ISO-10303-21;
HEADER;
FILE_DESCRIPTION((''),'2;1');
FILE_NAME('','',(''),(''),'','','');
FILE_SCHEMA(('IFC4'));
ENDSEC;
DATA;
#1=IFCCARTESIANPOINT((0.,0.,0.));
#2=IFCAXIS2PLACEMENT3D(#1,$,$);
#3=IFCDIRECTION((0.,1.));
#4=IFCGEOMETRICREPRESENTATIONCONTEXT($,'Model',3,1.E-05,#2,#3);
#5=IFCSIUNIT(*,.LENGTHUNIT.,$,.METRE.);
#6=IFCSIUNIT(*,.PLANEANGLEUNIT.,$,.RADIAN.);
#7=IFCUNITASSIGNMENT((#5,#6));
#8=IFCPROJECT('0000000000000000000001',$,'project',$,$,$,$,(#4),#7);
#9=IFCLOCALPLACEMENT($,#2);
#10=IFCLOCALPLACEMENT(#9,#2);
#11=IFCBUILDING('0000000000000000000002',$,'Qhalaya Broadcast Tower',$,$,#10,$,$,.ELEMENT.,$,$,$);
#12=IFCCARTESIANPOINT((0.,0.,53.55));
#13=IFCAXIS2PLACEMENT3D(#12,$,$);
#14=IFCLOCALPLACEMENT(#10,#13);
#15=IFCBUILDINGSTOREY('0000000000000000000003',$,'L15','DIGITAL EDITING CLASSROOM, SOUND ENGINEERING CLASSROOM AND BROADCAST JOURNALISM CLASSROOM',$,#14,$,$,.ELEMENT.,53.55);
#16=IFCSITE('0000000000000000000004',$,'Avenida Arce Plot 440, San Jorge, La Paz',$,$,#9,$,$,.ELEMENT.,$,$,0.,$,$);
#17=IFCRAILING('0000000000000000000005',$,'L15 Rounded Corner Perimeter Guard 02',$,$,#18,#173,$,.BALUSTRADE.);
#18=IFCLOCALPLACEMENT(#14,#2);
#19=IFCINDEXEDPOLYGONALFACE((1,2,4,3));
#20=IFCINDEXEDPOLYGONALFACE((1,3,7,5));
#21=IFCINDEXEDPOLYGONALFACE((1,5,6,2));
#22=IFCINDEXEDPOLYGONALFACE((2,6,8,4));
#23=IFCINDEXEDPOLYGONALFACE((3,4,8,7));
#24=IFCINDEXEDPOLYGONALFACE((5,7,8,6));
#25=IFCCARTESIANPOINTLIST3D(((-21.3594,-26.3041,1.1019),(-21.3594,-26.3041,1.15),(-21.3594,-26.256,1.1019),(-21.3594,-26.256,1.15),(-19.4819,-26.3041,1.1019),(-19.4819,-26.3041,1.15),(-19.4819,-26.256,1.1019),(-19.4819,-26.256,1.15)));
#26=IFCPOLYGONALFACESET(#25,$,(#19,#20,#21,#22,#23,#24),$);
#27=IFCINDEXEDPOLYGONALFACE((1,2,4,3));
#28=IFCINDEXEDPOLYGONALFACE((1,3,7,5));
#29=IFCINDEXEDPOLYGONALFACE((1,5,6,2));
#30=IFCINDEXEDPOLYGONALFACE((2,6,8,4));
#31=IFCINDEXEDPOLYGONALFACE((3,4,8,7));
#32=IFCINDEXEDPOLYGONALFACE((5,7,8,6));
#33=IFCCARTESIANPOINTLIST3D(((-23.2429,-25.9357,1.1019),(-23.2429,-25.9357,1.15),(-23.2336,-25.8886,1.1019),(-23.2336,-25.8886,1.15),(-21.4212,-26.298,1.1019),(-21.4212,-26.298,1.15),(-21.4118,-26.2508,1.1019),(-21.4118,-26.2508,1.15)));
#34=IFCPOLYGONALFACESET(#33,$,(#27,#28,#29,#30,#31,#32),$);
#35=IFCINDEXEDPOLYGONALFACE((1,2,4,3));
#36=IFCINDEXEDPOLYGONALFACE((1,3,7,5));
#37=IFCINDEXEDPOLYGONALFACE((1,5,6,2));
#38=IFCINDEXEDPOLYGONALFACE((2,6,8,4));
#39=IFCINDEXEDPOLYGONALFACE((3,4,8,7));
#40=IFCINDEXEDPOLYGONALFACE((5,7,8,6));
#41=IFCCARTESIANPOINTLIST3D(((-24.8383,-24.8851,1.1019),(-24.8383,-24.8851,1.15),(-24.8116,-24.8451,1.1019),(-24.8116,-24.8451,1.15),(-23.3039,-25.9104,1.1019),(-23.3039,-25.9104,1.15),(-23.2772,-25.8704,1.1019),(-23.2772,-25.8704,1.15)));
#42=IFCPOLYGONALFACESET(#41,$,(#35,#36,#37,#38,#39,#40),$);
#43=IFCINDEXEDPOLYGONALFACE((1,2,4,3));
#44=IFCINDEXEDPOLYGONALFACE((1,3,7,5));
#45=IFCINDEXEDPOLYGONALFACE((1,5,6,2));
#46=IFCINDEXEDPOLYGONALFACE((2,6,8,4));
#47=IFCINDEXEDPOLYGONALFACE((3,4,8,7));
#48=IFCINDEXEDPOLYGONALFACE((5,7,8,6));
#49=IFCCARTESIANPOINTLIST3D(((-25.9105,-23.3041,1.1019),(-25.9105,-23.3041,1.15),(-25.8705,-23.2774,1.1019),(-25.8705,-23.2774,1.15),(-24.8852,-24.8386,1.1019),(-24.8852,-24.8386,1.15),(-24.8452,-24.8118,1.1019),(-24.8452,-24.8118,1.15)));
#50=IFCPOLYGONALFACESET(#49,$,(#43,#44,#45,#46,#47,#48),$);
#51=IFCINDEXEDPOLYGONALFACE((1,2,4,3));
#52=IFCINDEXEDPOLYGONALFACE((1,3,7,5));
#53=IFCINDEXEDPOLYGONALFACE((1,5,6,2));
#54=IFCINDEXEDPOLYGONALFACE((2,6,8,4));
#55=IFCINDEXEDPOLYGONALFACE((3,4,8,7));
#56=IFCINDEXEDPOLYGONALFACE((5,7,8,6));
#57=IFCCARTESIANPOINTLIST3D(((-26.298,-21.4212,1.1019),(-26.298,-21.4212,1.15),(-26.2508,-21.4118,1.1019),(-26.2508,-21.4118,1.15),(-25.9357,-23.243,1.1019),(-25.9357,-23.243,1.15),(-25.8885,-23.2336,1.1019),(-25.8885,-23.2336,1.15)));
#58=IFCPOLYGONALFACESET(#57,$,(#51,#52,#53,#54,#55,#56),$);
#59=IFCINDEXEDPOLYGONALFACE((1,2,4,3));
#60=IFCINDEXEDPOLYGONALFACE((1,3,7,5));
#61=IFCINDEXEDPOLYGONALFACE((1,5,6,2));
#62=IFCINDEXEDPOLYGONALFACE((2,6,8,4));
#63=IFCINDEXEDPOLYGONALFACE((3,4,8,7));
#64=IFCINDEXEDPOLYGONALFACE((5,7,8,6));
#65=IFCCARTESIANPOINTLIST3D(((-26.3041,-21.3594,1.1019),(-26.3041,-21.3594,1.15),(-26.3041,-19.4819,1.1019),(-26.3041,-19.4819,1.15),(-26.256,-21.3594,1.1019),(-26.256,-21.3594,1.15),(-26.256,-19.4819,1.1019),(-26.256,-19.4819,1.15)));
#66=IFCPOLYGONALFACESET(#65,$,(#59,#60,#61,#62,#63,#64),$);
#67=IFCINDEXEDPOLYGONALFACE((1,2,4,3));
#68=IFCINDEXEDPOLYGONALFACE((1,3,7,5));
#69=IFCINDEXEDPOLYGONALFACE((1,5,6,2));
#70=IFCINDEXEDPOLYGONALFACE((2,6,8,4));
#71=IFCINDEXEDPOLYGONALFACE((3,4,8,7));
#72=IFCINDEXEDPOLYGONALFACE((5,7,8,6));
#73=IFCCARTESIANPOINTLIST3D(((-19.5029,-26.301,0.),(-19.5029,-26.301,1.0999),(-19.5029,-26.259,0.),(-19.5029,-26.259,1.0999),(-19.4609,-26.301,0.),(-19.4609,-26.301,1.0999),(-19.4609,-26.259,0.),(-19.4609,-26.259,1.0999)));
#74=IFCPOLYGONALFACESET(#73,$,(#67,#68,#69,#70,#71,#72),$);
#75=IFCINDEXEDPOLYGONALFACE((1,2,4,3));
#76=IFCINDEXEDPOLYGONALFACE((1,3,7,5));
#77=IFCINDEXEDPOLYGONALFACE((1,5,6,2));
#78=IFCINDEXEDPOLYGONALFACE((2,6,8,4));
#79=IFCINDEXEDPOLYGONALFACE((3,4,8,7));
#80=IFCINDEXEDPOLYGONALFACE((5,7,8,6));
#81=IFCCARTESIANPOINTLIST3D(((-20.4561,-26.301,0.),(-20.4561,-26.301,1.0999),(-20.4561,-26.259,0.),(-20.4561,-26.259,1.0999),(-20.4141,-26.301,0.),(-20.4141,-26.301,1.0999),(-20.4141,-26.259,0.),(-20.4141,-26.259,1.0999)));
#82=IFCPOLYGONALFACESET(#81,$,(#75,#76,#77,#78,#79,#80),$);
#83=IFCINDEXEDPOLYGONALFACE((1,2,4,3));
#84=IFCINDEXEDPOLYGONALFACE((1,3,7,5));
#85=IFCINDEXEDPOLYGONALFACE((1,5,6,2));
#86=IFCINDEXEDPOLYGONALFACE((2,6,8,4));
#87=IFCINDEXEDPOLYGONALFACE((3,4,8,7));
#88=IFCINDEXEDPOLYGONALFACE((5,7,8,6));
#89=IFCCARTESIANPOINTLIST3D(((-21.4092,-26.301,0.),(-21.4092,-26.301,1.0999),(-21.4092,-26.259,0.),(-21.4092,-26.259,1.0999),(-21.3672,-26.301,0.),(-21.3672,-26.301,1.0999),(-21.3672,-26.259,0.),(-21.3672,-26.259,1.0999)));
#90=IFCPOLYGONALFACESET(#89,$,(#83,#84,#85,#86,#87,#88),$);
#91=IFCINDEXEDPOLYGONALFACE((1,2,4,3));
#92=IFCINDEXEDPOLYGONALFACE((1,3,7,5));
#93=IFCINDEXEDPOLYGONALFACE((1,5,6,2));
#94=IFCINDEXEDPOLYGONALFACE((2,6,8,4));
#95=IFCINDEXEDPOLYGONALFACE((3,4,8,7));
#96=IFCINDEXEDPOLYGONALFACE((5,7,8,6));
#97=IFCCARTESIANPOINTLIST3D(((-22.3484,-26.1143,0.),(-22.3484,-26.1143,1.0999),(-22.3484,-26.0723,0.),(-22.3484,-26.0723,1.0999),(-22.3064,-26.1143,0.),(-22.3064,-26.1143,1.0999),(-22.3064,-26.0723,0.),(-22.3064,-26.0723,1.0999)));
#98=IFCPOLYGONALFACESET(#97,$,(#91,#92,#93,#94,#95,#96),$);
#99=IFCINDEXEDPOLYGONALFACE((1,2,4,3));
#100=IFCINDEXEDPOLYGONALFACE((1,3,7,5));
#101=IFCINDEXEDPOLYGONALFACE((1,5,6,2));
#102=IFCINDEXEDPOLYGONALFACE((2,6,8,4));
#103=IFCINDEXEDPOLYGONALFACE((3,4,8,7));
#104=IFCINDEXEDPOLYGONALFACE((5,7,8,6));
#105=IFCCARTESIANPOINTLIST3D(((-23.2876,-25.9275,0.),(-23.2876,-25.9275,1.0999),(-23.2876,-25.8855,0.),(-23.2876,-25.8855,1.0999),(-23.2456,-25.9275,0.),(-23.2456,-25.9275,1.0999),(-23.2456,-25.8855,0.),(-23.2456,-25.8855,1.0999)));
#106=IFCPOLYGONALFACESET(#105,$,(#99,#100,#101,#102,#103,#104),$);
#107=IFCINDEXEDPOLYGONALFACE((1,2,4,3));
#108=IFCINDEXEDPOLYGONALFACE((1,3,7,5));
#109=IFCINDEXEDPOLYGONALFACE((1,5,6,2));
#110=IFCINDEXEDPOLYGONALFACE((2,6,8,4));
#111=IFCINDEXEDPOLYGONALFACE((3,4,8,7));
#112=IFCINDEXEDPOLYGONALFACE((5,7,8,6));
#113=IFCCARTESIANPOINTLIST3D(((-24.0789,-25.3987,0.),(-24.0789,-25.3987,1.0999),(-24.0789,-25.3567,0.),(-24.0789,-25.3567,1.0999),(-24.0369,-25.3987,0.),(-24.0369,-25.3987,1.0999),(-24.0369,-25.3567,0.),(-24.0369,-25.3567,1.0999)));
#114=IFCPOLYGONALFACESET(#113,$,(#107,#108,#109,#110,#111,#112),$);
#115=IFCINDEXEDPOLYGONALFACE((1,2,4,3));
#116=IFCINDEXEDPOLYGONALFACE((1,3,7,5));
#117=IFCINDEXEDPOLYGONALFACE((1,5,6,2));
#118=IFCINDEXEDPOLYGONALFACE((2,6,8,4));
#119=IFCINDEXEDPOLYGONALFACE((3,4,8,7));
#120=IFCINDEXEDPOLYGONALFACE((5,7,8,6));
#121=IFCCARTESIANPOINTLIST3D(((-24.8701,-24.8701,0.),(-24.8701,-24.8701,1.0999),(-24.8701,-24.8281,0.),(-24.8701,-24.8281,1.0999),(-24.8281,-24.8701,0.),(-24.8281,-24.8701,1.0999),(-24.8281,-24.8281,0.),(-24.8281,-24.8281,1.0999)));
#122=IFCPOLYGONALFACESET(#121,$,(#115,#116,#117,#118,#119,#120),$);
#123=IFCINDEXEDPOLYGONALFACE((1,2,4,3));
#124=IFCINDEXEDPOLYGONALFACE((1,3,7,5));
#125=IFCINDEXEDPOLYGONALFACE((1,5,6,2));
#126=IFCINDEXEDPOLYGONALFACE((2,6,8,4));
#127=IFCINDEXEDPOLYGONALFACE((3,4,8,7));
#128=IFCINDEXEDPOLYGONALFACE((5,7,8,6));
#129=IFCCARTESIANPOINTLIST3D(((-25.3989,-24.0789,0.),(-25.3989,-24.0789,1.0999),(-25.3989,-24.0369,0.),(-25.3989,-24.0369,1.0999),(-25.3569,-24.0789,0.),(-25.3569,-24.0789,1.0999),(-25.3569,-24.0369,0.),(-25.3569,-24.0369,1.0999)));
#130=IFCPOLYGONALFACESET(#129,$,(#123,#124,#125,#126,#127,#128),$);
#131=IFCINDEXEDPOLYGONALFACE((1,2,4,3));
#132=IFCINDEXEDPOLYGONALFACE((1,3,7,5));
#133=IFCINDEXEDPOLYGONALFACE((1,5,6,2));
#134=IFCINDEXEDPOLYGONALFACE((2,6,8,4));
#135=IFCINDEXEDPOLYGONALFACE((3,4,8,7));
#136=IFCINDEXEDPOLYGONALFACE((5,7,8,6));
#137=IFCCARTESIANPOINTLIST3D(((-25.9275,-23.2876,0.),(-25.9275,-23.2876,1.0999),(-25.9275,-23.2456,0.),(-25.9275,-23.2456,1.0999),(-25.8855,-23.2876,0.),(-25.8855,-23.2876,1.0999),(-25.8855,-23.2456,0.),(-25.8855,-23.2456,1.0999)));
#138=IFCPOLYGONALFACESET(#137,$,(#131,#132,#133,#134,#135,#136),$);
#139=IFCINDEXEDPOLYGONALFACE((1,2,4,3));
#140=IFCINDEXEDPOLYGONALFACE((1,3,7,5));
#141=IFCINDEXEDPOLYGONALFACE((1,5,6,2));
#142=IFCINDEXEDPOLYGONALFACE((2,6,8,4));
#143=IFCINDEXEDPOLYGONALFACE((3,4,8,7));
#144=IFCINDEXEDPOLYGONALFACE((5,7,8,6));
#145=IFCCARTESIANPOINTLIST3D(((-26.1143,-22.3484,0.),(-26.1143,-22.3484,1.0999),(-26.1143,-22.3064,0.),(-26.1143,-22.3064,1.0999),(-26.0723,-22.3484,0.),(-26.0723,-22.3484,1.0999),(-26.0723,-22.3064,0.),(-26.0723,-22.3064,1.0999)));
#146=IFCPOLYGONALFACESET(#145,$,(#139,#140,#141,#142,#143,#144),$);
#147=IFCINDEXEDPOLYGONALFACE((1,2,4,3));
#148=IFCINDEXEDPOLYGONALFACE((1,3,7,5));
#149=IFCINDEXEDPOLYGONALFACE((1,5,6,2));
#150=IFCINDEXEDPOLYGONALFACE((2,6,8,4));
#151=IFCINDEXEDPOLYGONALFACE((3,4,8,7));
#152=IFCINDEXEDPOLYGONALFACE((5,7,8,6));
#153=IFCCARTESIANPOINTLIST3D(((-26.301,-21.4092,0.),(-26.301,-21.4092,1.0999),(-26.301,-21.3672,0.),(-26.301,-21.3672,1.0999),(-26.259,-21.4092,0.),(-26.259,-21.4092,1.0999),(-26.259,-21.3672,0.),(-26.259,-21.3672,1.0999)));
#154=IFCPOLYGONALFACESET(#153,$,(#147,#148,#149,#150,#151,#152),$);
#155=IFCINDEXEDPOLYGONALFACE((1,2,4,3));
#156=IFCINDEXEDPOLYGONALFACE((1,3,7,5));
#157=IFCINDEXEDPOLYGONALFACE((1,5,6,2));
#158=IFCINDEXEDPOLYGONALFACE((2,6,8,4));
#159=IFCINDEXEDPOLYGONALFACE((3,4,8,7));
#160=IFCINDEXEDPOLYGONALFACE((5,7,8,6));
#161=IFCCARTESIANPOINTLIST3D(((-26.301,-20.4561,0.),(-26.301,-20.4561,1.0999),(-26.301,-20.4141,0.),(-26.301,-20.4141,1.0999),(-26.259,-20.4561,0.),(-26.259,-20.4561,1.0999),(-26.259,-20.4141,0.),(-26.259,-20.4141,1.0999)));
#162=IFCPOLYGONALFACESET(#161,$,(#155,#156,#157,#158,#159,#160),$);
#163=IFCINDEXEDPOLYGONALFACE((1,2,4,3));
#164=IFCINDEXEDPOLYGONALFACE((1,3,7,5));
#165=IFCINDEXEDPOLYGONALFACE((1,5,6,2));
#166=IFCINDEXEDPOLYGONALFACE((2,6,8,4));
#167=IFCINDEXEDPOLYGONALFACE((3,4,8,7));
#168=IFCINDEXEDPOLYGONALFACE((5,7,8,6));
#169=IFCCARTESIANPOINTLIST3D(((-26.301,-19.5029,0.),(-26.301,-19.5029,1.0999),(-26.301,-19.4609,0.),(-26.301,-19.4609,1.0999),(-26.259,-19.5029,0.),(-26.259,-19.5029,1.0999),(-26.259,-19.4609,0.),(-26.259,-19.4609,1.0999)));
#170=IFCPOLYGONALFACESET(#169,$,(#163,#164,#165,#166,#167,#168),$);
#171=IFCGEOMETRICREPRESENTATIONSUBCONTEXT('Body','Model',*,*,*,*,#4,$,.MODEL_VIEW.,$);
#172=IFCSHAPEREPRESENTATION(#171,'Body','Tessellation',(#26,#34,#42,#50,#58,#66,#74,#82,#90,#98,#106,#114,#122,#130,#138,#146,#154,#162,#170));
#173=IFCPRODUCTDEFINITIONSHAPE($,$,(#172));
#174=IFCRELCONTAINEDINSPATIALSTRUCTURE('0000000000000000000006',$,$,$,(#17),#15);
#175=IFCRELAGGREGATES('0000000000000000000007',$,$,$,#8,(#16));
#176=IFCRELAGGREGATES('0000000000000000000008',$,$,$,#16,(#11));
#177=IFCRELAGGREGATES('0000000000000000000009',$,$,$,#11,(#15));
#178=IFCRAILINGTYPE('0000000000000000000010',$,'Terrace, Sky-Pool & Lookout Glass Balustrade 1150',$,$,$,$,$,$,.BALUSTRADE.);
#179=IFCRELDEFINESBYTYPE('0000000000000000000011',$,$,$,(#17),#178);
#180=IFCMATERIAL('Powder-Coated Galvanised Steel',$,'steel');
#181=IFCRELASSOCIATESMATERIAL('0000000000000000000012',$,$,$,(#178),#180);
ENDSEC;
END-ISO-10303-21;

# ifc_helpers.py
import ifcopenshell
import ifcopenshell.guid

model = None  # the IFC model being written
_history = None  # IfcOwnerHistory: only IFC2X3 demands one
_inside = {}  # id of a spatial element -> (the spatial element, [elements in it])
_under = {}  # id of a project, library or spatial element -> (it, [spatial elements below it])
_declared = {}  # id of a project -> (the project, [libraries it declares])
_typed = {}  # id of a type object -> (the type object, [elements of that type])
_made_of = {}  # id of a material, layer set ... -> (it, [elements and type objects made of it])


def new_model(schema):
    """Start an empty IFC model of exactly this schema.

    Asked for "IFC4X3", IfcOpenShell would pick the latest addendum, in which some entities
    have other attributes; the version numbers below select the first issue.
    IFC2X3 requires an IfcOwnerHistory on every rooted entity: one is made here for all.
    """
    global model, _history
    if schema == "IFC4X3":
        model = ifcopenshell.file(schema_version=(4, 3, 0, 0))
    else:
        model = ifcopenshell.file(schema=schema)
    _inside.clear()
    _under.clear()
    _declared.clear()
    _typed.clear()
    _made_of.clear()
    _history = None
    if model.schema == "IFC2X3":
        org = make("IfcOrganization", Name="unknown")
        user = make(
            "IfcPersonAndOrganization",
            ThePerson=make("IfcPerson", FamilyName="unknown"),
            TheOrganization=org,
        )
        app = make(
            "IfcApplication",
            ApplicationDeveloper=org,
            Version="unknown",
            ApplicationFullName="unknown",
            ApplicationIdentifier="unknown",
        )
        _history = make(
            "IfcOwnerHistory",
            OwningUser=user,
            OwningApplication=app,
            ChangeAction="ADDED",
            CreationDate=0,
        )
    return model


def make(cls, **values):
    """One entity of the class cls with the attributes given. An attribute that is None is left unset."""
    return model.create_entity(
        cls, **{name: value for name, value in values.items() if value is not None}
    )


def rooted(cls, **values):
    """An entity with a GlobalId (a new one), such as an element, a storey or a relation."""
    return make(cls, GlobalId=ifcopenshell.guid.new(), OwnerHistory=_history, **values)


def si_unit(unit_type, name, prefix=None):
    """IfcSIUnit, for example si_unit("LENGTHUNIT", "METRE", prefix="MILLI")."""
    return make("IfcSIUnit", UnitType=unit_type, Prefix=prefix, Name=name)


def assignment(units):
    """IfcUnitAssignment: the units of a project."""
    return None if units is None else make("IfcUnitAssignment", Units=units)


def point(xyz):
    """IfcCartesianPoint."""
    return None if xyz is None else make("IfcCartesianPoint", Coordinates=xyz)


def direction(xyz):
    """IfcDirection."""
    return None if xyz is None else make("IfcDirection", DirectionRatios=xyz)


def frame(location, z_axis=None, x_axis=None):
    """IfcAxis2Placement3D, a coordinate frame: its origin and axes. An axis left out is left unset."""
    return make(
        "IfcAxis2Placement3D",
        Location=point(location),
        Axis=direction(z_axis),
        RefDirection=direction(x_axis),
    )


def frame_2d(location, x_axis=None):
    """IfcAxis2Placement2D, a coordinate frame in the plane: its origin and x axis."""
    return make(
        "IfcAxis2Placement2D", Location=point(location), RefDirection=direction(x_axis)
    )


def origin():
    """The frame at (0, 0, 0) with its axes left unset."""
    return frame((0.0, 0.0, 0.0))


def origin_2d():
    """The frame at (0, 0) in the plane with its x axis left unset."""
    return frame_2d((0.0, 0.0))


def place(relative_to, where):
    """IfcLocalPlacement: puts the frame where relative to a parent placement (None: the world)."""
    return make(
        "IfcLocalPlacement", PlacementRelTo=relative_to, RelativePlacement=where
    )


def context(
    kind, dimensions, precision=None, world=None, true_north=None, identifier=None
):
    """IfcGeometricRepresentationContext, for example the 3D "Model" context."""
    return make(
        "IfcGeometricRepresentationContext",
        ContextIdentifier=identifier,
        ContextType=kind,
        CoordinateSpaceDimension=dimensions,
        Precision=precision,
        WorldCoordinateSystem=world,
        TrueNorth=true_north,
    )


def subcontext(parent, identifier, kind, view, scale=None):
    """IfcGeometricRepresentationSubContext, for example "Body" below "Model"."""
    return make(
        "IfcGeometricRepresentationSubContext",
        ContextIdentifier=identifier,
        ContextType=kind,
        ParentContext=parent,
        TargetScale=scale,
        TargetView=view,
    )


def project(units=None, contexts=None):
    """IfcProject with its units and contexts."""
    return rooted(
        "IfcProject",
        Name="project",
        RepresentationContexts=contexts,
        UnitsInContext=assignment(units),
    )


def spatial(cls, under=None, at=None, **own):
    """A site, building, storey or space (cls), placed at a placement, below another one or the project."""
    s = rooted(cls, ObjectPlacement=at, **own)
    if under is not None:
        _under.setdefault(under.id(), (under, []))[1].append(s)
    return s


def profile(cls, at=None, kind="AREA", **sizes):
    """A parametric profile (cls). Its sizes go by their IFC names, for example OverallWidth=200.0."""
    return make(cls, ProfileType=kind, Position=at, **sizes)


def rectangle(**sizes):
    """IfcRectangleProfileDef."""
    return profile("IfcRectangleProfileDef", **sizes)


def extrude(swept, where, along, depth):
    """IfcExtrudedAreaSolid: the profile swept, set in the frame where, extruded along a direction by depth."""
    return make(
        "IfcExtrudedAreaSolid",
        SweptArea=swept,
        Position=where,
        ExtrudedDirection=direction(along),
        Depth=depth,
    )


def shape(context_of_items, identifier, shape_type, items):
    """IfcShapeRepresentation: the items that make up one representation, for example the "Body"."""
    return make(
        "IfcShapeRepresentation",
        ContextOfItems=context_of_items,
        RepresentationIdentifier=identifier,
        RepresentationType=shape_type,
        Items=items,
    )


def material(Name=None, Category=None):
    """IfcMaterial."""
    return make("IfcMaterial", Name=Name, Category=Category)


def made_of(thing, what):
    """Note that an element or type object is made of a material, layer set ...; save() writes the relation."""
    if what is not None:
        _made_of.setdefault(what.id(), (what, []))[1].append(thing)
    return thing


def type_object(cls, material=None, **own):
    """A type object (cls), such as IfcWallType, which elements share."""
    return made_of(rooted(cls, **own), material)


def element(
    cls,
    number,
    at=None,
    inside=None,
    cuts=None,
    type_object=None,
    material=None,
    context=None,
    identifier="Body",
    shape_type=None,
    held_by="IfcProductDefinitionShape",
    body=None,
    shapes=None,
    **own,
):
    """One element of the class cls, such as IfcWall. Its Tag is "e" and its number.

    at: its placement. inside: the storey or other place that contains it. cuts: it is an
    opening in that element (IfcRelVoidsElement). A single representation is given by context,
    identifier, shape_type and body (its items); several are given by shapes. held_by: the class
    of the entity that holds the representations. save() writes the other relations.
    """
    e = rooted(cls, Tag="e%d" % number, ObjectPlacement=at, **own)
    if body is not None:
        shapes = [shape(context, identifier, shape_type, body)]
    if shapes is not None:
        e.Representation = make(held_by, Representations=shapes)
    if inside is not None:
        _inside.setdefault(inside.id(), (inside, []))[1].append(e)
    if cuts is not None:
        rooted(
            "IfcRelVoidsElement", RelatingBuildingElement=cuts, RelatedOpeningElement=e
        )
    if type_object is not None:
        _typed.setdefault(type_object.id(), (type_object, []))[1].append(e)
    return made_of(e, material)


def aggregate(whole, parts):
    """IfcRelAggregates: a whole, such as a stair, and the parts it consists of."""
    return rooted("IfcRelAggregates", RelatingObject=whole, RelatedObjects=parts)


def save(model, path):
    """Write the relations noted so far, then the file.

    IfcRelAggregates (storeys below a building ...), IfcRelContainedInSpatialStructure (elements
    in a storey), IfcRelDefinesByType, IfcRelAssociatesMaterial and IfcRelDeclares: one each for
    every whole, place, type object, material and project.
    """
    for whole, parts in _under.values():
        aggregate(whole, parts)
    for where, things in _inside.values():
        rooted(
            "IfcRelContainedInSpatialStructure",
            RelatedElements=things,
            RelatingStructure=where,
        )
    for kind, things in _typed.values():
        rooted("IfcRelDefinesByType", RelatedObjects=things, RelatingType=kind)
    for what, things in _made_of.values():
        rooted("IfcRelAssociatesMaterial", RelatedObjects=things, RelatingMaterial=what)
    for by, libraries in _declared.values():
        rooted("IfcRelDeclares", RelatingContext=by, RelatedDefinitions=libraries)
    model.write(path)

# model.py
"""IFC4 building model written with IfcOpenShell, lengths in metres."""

from ifc_helpers import new_model, si_unit, direction, frame, origin, origin_2d, place, context, subcontext, project, spatial, rectangle, extrude, material, type_object, element, save


model = new_model("IFC4")

# Units and contexts
model_context = context("Model", 3, precision=1e-05, world=origin(), true_north=direction((0.0, 1.0)))
body_context = subcontext(model_context, "Body", "Model", "MODEL_VIEW")
ifc_project = project(units=[si_unit("LENGTHUNIT", "METRE"), si_unit("PLANEANGLEUNIT", "RADIAN")], contexts=[model_context])

# Site, building, storey
site_placement = place(None, origin())
site = spatial("IfcSite", under=ifc_project, at=site_placement, Name="Avenida Arce Plot 440, San Jorge, La Paz", CompositionType="ELEMENT", RefElevation=0.0)
building_placement = place(site_placement, origin())
building = spatial("IfcBuilding", under=site, at=building_placement, Name="Qhalaya Broadcast Tower", CompositionType="ELEMENT")
storey_placement = place(building_placement, frame((0.0, 0.0, 53.55)))
storey = spatial("IfcBuildingStorey", under=building, at=storey_placement, Name="L15", Description="DIGITAL EDITING CLASSROOM, SOUND ENGINEERING CLASSROOM AND BROADCAST JOURNALISM CLASSROOM", CompositionType="ELEMENT", Elevation=53.55)

# Railing
ifc_material_1 = material(Name="Powder-Coated Galvanised Steel", Category="steel")
railing_type = type_object("IfcRailingType", Name="Terrace, Sky-Pool & Lookout Glass Balustrade 1150", PredefinedType="BALUSTRADE", material=ifc_material_1)
railing_placement = place(storey_placement, frame((-19.4819, -26.28, 0.0)))
element("IfcRailing", 1, at=railing_placement, inside=storey, type_object=railing_type, Name="L15 Rounded Corner Perimeter Guard 02", PredefinedType="BALUSTRADE", context=body_context, shape_type="SweptSolid", body=[
    extrude(rectangle(XDim=0.0481, YDim=0.0481, at=origin_2d()), frame((0.0, 0.0, 1.126), z_axis=(-1.0, 0.0, 0.0), x_axis=(0.0, -1.0, 0.0)), (0.0, 0.0, 1.0), 1.8774),
    extrude(rectangle(XDim=0.0481, YDim=0.0481, at=origin_2d()), frame((-1.9346, 0.0056, 1.126), z_axis=(-0.980796, 0.195037, 0.0), x_axis=(-0.195037, -0.980796, 0.0)), (0.0, 0.0, 1.0), 1.8574),
    extrude(rectangle(XDim=0.0481, YDim=0.0481, at=origin_2d()), frame((-3.8086, 0.3896, 1.126), z_axis=(-0.831478, 0.555558, 0.0), x_axis=(-0.555558, -0.831478, 0.0)), (0.0, 0.0, 1.0), 1.8455),
    extrude(rectangle(XDim=0.0481, YDim=0.0481, at=origin_2d()), frame((-5.3833, 1.4548, 1.126), z_axis=(-0.555558, 0.831478, 0.0), x_axis=(-0.831478, -0.555558, 0.0)), (0.0, 0.0, 1.0), 1.8455),
    extrude(rectangle(XDim=0.0481, YDim=0.0481, at=origin_2d()), frame((-6.4302, 3.0417, 1.126), z_axis=(-0.195037, 0.980796, 0.0), x_axis=(-0.980796, -0.195037, 0.0)), (0.0, 0.0, 1.0), 1.8574),
    extrude(rectangle(XDim=0.0481, YDim=0.0481, at=origin_2d()), frame((-6.7981, 4.9207, 1.126), z_axis=(0.0, 1.0, 0.0), x_axis=(-1.0, 0.0, 0.0)), (0.0, 0.0, 1.0), 1.8774),
    extrude(rectangle(XDim=0.042, YDim=0.042, at=origin_2d()), origin(), (0.0, 0.0, 1.0), 1.0999),
    extrude(rectangle(XDim=0.042, YDim=0.042, at=origin_2d()), frame((-0.9531, 0.0, 0.0)), (0.0, 0.0, 1.0), 1.0999),
    extrude(rectangle(XDim=0.042, YDim=0.042, at=origin_2d()), frame((-1.9062, 0.0, 0.0)), (0.0, 0.0, 1.0), 1.0999),
    extrude(rectangle(XDim=0.042, YDim=0.042, at=origin_2d()), frame((-2.8455, 0.1868, 0.0)), (0.0, 0.0, 1.0), 1.0999),
    extrude(rectangle(XDim=0.042, YDim=0.042, at=origin_2d()), frame((-3.7847, 0.3735, 0.0)), (0.0, 0.0, 1.0), 1.0999),
    extrude(rectangle(XDim=0.042, YDim=0.042, at=origin_2d()), frame((-4.5759, 0.9023, 0.0)), (0.0, 0.0, 1.0), 1.0999),
    extrude(rectangle(XDim=0.042, YDim=0.042, at=origin_2d()), frame((-5.3672, 1.4309, 0.0)), (0.0, 0.0, 1.0), 1.0999),
    extrude(rectangle(XDim=0.042, YDim=0.042, at=origin_2d()), frame((-5.896, 2.2222, 0.0)), (0.0, 0.0, 1.0), 1.0999),
    extrude(rectangle(XDim=0.042, YDim=0.042, at=origin_2d()), frame((-6.4246, 3.0134, 0.0)), (0.0, 0.0, 1.0), 1.0999),
    extrude(rectangle(XDim=0.042, YDim=0.042, at=origin_2d()), frame((-6.6113, 3.9526, 0.0)), (0.0, 0.0, 1.0), 1.0999),
    extrude(rectangle(XDim=0.042, YDim=0.042, at=origin_2d()), frame((-6.7981, 4.8918, 0.0)), (0.0, 0.0, 1.0), 1.0999),
    extrude(rectangle(XDim=0.042, YDim=0.042, at=origin_2d()), frame((-6.7981, 5.845, 0.0)), (0.0, 0.0, 1.0), 1.0999),
    extrude(rectangle(XDim=0.042, YDim=0.042, at=origin_2d()), frame((-6.7981, 6.7981, 0.0)), (0.0, 0.0, 1.0), 1.0999),
])

save(model, "model.ifc")
